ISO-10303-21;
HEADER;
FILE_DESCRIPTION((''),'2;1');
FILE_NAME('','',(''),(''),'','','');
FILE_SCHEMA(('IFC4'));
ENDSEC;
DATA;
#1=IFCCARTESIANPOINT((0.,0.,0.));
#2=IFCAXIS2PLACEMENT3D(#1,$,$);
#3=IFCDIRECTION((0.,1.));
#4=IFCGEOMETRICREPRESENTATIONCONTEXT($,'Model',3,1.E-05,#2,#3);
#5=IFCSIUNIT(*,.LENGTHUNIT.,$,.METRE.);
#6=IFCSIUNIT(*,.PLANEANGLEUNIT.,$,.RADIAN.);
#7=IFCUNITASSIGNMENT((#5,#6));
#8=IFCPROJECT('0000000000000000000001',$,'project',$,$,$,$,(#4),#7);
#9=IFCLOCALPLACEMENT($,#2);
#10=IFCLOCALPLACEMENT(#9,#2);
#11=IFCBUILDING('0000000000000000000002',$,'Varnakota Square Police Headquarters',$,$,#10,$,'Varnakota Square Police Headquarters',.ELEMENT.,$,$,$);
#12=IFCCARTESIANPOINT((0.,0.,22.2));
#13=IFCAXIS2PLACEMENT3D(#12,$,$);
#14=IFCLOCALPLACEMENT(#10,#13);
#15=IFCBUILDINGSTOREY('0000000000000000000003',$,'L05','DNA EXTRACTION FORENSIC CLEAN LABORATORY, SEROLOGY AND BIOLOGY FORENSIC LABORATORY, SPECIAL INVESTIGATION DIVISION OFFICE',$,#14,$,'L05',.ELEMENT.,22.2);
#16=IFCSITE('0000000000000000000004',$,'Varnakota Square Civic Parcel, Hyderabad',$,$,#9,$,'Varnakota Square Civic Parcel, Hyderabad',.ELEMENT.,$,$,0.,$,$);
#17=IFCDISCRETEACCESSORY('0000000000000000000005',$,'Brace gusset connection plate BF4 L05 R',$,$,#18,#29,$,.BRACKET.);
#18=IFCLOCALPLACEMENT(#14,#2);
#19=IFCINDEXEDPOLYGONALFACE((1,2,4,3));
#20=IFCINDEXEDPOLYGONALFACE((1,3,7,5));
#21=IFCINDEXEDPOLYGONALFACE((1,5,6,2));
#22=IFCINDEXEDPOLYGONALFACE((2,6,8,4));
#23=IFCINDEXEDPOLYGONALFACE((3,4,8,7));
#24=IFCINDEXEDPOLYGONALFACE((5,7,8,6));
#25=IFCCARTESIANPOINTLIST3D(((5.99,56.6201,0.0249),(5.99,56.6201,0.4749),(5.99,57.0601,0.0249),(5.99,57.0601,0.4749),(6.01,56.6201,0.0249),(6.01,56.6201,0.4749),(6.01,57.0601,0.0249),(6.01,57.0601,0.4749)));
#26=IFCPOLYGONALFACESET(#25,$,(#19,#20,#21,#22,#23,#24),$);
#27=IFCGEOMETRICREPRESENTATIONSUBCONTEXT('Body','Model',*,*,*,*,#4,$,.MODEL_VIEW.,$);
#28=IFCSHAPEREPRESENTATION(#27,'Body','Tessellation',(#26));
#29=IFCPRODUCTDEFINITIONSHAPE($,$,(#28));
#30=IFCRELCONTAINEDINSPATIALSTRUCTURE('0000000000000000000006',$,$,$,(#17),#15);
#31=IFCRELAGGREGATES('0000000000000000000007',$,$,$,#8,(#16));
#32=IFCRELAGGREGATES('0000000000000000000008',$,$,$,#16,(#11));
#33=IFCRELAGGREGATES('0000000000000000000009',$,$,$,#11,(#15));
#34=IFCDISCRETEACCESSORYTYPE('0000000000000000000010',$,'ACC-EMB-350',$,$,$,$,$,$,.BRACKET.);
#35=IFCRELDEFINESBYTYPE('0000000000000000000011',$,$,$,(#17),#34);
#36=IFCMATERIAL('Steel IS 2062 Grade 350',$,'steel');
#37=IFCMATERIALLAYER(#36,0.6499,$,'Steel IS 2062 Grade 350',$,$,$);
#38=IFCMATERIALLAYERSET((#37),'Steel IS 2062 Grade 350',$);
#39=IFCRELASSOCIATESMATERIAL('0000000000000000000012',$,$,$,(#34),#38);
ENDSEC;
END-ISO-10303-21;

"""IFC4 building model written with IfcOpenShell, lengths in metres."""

from ifc_helpers import new_model, si_unit, direction, frame, origin, origin_2d, place, context, subcontext, project, spatial, rectangle, extrude, material, layer, layer_set, type_object, element, save


model = new_model("IFC4")

# Units and contexts
model_context = context("Model", 3, precision=1e-05, world=origin(), true_north=direction((0.0, 1.0)))
body_context = subcontext(model_context, "Body", "Model", "MODEL_VIEW")
ifc_project = project(units=[si_unit("LENGTHUNIT", "METRE"), si_unit("PLANEANGLEUNIT", "RADIAN")], contexts=[model_context])

# Site, building, storey
site_placement = place(None, origin())
site = spatial("IfcSite", under=ifc_project, at=site_placement, Name="Varnakota Square Civic Parcel, Hyderabad", LongName="Varnakota Square Civic Parcel, Hyderabad", CompositionType="ELEMENT", RefElevation=0.0)
building_placement = place(site_placement, origin())
building = spatial("IfcBuilding", under=site, at=building_placement, Name="Varnakota Square Police Headquarters", LongName="Varnakota Square Police Headquarters", CompositionType="ELEMENT")
storey_placement = place(building_placement, frame((0.0, 0.0, 22.2)))
storey = spatial("IfcBuildingStorey", under=building, at=storey_placement, Name="L05", Description="DNA EXTRACTION FORENSIC CLEAN LABORATORY, SEROLOGY AND BIOLOGY FORENSIC LABORATORY, SPECIAL INVESTIGATION DIVISION OFFICE", LongName="L05", CompositionType="ELEMENT", Elevation=22.2)

# Shared definitions
ifc_material_1 = material(Name="Steel IS 2062 Grade 350", Category="steel")

# Discrete accessory
ifc_layer_1 = layer(ifc_material_1, 0.6499, Name="Steel IS 2062 Grade 350")
ifc_layer_set_1 = layer_set([ifc_layer_1], Name="Steel IS 2062 Grade 350")
discrete_accessory_type = type_object("IfcDiscreteAccessoryType", Name="ACC-EMB-350", PredefinedType="BRACKET", material=ifc_layer_set_1)
discrete_accessory_placement = place(storey_placement, frame((6.0, 56.8401, 0.0249), z_axis=(0.0, 0.0, 1.0), x_axis=(0.0, 1.0, 0.0)))
element("IfcDiscreteAccessory", 1, at=discrete_accessory_placement, inside=storey, type_object=discrete_accessory_type, Name="Brace gusset connection plate BF4 L05 R", PredefinedType="BRACKET", context=body_context, shape_type="SweptSolid", body=[
    extrude(rectangle(XDim=0.4399, YDim=0.02, at=origin_2d()), origin(), (0.0, 0.0, 1.0), 0.45),
])

save(model, "model.ifc")
